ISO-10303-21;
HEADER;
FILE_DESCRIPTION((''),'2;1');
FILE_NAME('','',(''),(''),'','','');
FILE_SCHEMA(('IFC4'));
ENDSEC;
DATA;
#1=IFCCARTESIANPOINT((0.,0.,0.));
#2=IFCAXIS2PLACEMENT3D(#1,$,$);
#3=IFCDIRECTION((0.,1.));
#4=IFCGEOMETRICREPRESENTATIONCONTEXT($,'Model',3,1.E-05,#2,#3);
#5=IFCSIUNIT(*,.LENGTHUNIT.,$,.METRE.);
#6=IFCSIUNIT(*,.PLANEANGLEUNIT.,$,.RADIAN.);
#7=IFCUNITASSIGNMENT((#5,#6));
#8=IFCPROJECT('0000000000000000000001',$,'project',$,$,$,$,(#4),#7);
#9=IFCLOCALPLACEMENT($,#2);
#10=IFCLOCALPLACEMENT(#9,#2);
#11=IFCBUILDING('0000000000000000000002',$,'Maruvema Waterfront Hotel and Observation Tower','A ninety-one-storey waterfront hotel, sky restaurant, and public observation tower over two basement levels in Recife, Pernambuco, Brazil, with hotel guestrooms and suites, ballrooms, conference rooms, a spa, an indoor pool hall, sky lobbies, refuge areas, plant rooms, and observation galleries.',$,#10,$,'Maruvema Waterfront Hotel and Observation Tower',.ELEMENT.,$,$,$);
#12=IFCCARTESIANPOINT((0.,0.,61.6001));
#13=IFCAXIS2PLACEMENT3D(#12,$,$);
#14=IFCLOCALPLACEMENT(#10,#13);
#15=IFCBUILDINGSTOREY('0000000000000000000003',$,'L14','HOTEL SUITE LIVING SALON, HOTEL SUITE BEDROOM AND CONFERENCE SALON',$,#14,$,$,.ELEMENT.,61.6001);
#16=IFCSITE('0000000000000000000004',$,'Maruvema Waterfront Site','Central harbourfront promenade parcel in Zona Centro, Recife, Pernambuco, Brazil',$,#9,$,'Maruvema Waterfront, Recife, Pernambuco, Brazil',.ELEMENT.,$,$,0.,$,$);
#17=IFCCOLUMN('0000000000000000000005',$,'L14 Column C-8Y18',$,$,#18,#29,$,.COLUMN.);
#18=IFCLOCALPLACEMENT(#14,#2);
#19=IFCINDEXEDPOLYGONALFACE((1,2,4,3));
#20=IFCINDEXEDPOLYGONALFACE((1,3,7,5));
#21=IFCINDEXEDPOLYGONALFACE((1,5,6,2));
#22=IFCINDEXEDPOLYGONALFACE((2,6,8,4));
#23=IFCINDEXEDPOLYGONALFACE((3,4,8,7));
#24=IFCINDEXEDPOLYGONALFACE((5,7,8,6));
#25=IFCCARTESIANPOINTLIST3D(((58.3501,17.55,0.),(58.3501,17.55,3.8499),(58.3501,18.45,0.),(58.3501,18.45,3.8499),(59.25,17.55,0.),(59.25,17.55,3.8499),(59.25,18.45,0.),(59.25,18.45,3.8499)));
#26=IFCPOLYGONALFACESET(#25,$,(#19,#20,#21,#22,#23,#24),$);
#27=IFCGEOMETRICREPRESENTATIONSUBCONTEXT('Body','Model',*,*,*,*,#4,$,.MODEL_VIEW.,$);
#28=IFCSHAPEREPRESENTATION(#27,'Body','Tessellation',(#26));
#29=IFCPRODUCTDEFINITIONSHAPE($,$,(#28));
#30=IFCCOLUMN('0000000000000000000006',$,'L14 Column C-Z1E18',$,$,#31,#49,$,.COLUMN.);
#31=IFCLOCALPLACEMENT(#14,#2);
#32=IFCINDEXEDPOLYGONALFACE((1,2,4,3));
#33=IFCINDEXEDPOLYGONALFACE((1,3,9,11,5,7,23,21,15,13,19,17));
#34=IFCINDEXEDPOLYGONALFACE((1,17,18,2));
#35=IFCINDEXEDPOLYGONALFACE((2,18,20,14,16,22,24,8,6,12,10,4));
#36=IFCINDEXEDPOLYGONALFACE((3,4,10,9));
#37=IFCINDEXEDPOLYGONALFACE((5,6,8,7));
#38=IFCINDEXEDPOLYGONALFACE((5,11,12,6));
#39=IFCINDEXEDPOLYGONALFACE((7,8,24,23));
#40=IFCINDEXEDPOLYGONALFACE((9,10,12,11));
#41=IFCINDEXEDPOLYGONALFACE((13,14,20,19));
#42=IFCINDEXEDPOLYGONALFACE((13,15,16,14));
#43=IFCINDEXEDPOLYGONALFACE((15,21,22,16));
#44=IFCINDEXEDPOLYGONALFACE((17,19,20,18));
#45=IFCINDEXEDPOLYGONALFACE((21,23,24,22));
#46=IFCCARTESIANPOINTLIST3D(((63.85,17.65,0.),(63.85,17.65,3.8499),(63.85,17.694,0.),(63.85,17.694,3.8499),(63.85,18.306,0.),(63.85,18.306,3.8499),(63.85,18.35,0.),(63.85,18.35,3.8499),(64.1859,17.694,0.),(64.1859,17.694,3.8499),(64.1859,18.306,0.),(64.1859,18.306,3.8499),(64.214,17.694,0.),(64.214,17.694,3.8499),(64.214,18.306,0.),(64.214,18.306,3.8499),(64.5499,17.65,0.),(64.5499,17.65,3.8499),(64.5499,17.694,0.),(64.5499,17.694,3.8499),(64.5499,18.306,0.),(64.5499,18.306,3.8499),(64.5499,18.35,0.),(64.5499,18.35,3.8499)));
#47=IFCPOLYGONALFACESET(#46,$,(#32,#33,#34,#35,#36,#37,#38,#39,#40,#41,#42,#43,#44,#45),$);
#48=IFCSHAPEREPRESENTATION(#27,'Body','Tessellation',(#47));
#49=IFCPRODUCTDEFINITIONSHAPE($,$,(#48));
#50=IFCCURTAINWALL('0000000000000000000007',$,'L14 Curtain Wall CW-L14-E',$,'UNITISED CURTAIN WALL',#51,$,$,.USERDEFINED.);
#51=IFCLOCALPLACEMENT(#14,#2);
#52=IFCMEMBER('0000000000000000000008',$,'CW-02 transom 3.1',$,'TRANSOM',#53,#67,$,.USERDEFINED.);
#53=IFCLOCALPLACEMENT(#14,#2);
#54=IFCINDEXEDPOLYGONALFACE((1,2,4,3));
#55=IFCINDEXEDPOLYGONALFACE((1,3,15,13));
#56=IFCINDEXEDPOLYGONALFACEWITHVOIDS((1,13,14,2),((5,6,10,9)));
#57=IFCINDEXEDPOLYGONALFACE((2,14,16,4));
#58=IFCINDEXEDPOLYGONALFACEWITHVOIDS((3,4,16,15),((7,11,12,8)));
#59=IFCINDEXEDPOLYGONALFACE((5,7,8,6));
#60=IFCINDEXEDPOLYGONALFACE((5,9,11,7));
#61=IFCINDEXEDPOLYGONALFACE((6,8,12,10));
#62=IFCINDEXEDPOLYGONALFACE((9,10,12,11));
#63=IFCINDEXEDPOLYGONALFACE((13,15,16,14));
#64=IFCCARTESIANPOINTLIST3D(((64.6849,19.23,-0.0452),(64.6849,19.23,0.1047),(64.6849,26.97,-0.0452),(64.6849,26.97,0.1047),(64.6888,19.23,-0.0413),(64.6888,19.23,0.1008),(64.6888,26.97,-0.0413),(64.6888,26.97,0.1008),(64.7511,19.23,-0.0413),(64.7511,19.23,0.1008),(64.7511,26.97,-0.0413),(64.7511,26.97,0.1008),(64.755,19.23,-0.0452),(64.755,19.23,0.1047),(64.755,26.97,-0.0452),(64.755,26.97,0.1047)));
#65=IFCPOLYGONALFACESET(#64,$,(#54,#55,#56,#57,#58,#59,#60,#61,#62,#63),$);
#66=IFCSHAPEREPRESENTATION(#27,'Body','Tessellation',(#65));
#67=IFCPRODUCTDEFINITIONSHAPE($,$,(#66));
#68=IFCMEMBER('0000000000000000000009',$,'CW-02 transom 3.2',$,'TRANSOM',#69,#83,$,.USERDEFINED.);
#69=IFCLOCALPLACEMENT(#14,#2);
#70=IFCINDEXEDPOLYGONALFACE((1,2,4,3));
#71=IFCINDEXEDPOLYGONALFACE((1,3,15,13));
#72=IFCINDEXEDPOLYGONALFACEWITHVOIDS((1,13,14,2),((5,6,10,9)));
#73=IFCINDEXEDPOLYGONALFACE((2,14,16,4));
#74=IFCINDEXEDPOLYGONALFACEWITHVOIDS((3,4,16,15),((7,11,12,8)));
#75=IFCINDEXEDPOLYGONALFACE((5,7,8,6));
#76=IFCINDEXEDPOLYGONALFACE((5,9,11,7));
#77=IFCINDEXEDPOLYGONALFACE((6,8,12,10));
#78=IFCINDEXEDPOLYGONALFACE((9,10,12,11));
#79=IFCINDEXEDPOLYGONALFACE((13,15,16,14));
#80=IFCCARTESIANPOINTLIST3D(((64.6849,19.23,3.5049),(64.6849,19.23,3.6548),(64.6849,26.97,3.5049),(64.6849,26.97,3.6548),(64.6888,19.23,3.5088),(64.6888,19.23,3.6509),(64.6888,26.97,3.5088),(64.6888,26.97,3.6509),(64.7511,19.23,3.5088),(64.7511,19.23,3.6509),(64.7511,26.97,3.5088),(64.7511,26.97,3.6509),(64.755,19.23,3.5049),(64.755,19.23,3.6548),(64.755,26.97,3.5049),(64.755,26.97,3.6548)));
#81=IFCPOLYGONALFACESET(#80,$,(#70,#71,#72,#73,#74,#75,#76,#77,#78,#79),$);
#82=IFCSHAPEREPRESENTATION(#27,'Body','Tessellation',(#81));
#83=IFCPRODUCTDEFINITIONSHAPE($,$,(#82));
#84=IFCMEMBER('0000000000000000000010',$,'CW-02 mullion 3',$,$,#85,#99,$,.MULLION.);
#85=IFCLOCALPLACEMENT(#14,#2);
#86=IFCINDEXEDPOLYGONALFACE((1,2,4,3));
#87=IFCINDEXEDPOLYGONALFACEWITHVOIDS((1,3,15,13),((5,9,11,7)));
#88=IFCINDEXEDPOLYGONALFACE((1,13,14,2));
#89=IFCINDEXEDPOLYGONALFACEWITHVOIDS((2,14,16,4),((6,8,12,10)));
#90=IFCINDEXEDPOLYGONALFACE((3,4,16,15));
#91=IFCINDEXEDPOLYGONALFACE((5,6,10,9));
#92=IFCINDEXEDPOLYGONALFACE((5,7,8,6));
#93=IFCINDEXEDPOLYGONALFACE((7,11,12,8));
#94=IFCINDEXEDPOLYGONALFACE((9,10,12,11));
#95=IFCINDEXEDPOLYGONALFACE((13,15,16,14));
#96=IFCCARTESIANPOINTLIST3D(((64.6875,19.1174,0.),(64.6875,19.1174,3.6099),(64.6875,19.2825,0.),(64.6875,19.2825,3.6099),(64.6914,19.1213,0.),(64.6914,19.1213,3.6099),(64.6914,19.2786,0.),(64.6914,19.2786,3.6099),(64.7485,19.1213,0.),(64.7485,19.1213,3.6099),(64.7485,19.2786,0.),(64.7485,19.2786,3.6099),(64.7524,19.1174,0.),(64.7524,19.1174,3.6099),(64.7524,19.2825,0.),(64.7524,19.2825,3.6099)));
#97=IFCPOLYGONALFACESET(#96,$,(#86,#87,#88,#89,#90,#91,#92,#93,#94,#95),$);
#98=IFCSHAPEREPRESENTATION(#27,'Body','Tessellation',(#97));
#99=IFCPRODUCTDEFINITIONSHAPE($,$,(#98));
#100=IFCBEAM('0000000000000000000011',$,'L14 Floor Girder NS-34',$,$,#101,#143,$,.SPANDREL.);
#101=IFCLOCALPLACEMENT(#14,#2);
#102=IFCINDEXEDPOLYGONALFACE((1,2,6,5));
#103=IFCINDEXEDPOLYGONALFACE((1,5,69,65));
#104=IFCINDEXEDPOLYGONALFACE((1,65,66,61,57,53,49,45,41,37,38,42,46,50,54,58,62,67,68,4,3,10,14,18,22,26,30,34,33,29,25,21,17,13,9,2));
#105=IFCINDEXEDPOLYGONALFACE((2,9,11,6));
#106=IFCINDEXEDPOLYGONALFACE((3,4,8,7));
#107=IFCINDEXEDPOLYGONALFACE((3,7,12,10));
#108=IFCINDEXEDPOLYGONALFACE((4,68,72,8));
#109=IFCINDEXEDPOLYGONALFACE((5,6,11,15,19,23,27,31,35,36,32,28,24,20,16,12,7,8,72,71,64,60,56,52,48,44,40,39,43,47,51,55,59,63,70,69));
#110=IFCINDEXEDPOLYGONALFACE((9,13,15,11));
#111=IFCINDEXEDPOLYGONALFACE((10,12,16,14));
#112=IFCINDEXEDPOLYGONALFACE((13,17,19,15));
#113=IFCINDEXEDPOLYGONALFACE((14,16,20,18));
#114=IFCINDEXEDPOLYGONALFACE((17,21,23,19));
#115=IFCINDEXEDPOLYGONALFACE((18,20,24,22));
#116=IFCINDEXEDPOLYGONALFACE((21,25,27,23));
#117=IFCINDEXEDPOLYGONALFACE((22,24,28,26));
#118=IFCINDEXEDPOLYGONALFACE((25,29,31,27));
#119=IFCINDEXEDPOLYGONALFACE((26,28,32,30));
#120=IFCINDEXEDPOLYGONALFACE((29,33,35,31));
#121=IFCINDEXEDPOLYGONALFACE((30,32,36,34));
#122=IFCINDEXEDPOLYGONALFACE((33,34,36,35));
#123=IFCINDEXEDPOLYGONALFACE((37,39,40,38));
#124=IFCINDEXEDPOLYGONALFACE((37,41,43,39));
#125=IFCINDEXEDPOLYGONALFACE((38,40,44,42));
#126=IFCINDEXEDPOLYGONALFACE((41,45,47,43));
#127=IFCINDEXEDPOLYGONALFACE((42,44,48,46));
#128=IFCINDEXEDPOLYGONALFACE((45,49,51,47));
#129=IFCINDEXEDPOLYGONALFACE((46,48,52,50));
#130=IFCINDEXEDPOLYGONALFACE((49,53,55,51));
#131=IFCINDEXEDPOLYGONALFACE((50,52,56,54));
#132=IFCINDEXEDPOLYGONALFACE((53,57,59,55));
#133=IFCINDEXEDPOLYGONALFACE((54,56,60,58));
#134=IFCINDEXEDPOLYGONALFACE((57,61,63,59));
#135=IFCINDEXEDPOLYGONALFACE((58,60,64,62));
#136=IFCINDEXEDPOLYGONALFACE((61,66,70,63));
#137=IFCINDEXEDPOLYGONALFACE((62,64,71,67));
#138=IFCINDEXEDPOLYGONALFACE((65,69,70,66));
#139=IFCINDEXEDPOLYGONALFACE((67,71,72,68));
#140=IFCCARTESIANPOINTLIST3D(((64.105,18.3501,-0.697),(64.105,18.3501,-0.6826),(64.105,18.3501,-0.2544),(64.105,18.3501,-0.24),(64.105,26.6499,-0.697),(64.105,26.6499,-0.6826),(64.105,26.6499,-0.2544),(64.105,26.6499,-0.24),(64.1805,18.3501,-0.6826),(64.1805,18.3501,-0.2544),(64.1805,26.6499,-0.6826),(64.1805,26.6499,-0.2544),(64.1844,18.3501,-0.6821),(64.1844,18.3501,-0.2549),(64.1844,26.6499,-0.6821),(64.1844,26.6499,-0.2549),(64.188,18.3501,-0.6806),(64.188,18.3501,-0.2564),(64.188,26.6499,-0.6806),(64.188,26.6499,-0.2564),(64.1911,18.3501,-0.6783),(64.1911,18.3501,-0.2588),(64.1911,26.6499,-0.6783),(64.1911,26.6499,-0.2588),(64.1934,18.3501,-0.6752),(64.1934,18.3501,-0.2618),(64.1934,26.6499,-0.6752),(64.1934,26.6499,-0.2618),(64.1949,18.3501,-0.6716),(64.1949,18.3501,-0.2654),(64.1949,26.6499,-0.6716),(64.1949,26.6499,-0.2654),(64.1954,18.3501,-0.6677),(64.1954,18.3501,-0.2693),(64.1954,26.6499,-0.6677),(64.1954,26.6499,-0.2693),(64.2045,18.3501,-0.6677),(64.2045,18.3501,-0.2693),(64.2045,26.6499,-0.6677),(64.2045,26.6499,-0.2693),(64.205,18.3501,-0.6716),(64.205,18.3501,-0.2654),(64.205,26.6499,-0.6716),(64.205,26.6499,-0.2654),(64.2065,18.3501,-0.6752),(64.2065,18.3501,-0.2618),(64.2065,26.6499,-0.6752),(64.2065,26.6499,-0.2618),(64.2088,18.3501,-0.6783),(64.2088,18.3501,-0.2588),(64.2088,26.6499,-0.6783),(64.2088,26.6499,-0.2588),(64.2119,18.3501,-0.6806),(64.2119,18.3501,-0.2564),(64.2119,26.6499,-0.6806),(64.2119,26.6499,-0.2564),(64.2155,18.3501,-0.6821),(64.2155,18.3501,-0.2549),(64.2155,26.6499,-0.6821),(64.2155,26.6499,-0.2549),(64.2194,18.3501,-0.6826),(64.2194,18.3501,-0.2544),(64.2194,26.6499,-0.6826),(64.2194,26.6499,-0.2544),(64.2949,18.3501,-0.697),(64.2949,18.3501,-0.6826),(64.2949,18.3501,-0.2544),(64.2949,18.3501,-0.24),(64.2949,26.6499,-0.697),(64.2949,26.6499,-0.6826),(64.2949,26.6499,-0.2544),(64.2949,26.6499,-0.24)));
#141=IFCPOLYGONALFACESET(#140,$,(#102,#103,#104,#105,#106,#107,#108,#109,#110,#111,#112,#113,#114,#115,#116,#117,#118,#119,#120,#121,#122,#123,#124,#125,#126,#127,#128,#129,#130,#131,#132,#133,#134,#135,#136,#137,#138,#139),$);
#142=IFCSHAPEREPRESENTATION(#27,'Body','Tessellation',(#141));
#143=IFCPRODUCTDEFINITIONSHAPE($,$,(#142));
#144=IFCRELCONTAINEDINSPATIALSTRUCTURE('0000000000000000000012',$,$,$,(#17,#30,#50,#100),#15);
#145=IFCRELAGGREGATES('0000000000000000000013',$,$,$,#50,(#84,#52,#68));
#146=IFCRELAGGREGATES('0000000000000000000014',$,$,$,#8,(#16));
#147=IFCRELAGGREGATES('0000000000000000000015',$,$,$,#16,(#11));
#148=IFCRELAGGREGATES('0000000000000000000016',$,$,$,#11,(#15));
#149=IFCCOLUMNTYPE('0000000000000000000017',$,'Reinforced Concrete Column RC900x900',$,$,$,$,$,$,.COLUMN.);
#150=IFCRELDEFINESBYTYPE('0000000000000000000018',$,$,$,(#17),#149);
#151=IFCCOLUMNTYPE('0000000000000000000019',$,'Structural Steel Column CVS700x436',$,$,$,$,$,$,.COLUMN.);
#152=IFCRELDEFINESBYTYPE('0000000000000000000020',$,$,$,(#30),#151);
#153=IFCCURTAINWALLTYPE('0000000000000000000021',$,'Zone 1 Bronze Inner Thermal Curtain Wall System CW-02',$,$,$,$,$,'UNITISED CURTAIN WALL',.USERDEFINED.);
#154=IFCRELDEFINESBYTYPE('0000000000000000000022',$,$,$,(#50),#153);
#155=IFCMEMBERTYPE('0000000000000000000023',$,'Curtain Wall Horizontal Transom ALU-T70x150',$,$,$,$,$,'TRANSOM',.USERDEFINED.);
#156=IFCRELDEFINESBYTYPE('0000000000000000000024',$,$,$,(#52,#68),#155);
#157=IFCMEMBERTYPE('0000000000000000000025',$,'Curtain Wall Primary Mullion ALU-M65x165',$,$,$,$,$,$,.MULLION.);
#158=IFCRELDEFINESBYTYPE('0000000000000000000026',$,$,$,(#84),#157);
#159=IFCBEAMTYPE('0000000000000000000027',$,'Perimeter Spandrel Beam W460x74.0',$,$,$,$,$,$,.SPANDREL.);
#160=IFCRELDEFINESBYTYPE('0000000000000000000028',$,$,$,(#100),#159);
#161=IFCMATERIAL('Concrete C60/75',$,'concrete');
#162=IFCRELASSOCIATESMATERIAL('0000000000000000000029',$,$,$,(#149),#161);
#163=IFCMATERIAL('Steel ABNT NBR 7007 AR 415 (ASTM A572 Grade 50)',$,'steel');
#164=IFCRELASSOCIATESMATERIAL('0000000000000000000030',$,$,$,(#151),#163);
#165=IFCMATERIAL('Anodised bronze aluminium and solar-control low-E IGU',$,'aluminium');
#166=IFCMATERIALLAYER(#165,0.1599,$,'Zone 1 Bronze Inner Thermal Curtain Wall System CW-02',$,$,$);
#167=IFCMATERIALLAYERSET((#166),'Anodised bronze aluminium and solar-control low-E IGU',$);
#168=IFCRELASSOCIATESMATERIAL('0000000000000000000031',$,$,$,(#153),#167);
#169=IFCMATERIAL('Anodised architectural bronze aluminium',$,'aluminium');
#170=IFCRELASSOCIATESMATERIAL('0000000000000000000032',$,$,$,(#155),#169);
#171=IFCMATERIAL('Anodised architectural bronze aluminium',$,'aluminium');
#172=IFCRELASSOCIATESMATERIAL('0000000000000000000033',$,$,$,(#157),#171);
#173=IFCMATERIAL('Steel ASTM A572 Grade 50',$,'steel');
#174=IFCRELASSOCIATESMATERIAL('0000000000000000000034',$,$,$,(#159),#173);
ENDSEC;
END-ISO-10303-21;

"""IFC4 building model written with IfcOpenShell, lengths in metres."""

from ifc_helpers import new_model, si_unit, direction, frame, origin, origin_2d, place, context, subcontext, project, spatial, rectangle, hollow_rectangle, i_section, extrude, material, layer, layer_set, material_profile, profile_set, type_object, element, aggregate, save


model = new_model("IFC4")

# Units and contexts
model_context = context("Model", 3, precision=1e-05, world=origin(), true_north=direction((0.0, 1.0)))
body_context = subcontext(model_context, "Body", "Model", "MODEL_VIEW")
ifc_project = project(units=[si_unit("LENGTHUNIT", "METRE"), si_unit("PLANEANGLEUNIT", "RADIAN")], contexts=[model_context])

# Site, building, storey
site_placement = place(None, origin())
site = spatial("IfcSite", under=ifc_project, at=site_placement, Name="Maruvema Waterfront Site", Description="Central harbourfront promenade parcel in Zona Centro, Recife, Pernambuco, Brazil", LongName="Maruvema Waterfront, Recife, Pernambuco, Brazil", CompositionType="ELEMENT", RefElevation=0.0)
building_placement = place(site_placement, origin())
building = spatial("IfcBuilding", under=site, at=building_placement, Name="Maruvema Waterfront Hotel and Observation Tower", Description="A ninety-one-storey waterfront hotel, sky restaurant, and public observation tower over two basement levels in Recife, Pernambuco, Brazil, with hotel guestrooms and suites, ballrooms, conference rooms, a spa, an indoor pool hall, sky lobbies, refuge areas, plant rooms, and observation galleries.", LongName="Maruvema Waterfront Hotel and Observation Tower", CompositionType="ELEMENT")
storey_placement = place(building_placement, frame((0.0, 0.0, 61.6001)))
storey = spatial("IfcBuildingStorey", under=building, at=storey_placement, Name="L14", Description="HOTEL SUITE LIVING SALON, HOTEL SUITE BEDROOM AND CONFERENCE SALON", CompositionType="ELEMENT", Elevation=61.6001)

# Columns
ifc_material_1 = material(Name="Concrete C60/75", Category="concrete")
ifc_material_profile_1 = material_profile(ifc_material_1, rectangle(XDim=0.8999, YDim=0.8999, at=origin_2d()), Name="RC900x900")
ifc_profile_set_1 = profile_set([ifc_material_profile_1], Name="Concrete C60/75")
column_type_1 = type_object("IfcColumnType", Name="Reinforced Concrete Column RC900x900", PredefinedType="COLUMN", material=ifc_profile_set_1)
column_1_placement = place(storey_placement, frame((58.8, 18.0, 0.0), z_axis=(0.0, 0.0, 1.0), x_axis=(1.0, 0.0, 0.0)))
element("IfcColumn", 1, at=column_1_placement, inside=storey, type_object=column_type_1, Name="L14 Column C-8Y18", PredefinedType="COLUMN", context=body_context, shape_type="SweptSolid", body=[
    extrude(rectangle(XDim=0.8999, YDim=0.8999, at=origin_2d()), origin(), (0.0, 0.0, 1.0), 3.8499),
])
ifc_material_2 = material(Name="Steel ABNT NBR 7007 AR 415 (ASTM A572 Grade 50)", Category="steel")
ifc_material_profile_2 = material_profile(ifc_material_2, i_section(OverallWidth=0.7, OverallDepth=0.7, WebThickness=0.0281, FlangeThickness=0.0439, at=origin_2d()), Name="CVS700x436")
ifc_profile_set_2 = profile_set([ifc_material_profile_2], Name="Steel ABNT NBR 7007 AR 415 (ASTM A572 Grade 50)")
column_type_2 = type_object("IfcColumnType", Name="Structural Steel Column CVS700x436", PredefinedType="COLUMN", material=ifc_profile_set_2)
column_2_placement = place(storey_placement, frame((64.2, 18.0, 0.0), z_axis=(0.0, 0.0, 1.0), x_axis=(1.0, 0.0, 0.0)))
element("IfcColumn", 2, at=column_2_placement, inside=storey, type_object=column_type_2, Name="L14 Column C-Z1E18", PredefinedType="COLUMN", context=body_context, shape_type="SweptSolid", body=[
    extrude(i_section(OverallWidth=0.7, OverallDepth=0.7, WebThickness=0.0281, FlangeThickness=0.0439, at=origin_2d()), origin(), (0.0, 0.0, 1.0), 3.8499),
])

# Curtain wall, members
ifc_material_3 = material(Name="Anodised bronze aluminium and solar-control low-E IGU", Category="aluminium")
ifc_layer_1 = layer(ifc_material_3, 0.1599, Name="Zone 1 Bronze Inner Thermal Curtain Wall System CW-02")
ifc_layer_set_1 = layer_set([ifc_layer_1], Name="Anodised bronze aluminium and solar-control low-E IGU")
curtain_wall_type = type_object("IfcCurtainWallType", Name="Zone 1 Bronze Inner Thermal Curtain Wall System CW-02", ElementType="UNITISED CURTAIN WALL", PredefinedType="USERDEFINED", material=ifc_layer_set_1)
curtain_wall_placement = place(storey_placement, origin())
curtain_wall = element("IfcCurtainWall", 3, at=curtain_wall_placement, inside=storey, type_object=curtain_wall_type, Name="L14 Curtain Wall CW-L14-E", ObjectType="UNITISED CURTAIN WALL", PredefinedType="USERDEFINED")
ifc_material_4 = material(Name="Anodised architectural bronze aluminium", Category="aluminium")
ifc_material_profile_3 = material_profile(ifc_material_4, hollow_rectangle(XDim=0.0701, YDim=0.1499, WallThickness=0.0039, at=origin_2d()), Name="ALU-T70x150")
ifc_profile_set_3 = profile_set([ifc_material_profile_3], Name="Anodised architectural bronze aluminium")
member_type_1 = type_object("IfcMemberType", Name="Curtain Wall Horizontal Transom ALU-T70x150", ElementType="TRANSOM", PredefinedType="USERDEFINED", material=ifc_profile_set_3)
member_1_placement = place(storey_placement, frame((64.72, 19.23, 0.0298), z_axis=(0.0, 1.0, 0.0), x_axis=(-1.0, 0.0, 0.0)))
member_1 = element("IfcMember", 4, at=member_1_placement, type_object=member_type_1, Name="CW-02 transom 3.1", ObjectType="TRANSOM", PredefinedType="USERDEFINED", context=body_context, shape_type="SweptSolid", body=[
    extrude(hollow_rectangle(XDim=0.0701, YDim=0.1499, WallThickness=0.0039, at=origin_2d()), origin(), (0.0, 0.0, 1.0), 7.74),
])
member_2_placement = place(storey_placement, frame((64.72, 19.23, 3.5798), z_axis=(0.0, 1.0, 0.0), x_axis=(-1.0, 0.0, 0.0)))
member_2 = element("IfcMember", 5, at=member_2_placement, type_object=member_type_1, Name="CW-02 transom 3.2", ObjectType="TRANSOM", PredefinedType="USERDEFINED", context=body_context, shape_type="SweptSolid", body=[
    extrude(hollow_rectangle(XDim=0.0701, YDim=0.1499, WallThickness=0.0039, at=origin_2d()), origin(), (0.0, 0.0, 1.0), 7.74),
])
ifc_material_5 = material(Name="Anodised architectural bronze aluminium", Category="aluminium")
ifc_material_profile_4 = material_profile(ifc_material_5, hollow_rectangle(XDim=0.0649, YDim=0.165, WallThickness=0.0039, at=origin_2d()), Name="ALU-M65x165")
ifc_profile_set_4 = profile_set([ifc_material_profile_4], Name="Anodised architectural bronze aluminium")
member_type_2 = type_object("IfcMemberType", Name="Curtain Wall Primary Mullion ALU-M65x165", PredefinedType="MULLION", material=ifc_profile_set_4)
member_3_placement = place(storey_placement, frame((64.72, 19.2, 0.0), z_axis=(0.0, 0.0, 1.0), x_axis=(-1.0, 0.0, 0.0)))
member_3 = element("IfcMember", 6, at=member_3_placement, type_object=member_type_2, Name="CW-02 mullion 3", PredefinedType="MULLION", context=body_context, shape_type="SweptSolid", body=[
    extrude(hollow_rectangle(XDim=0.0649, YDim=0.165, WallThickness=0.0039, at=origin_2d()), origin(), (0.0, 0.0, 1.0), 3.6099),
])
aggregate(curtain_wall, [member_3, member_1, member_2])

# Beam
ifc_material_6 = material(Name="Steel ASTM A572 Grade 50", Category="steel")
ifc_material_profile_5 = material_profile(ifc_material_6, i_section(OverallWidth=0.1899, OverallDepth=0.457, WebThickness=0.009, FlangeThickness=0.0144, FilletRadius=0.0149, at=origin_2d()), Name="W460x74.0")
ifc_profile_set_5 = profile_set([ifc_material_profile_5], Name="Steel ASTM A572 Grade 50")
beam_type_1 = type_object("IfcBeamType", Name="Perimeter Spandrel Beam W460x74.0", PredefinedType="SPANDREL", material=ifc_profile_set_5)
beam_1_placement = place(storey_placement, frame((64.2, 18.3501, -0.4685), z_axis=(0.0, 1.0, 0.0), x_axis=(-1.0, 0.0, 0.0)))
element("IfcBeam", 7, at=beam_1_placement, inside=storey, type_object=beam_type_1, Name="L14 Floor Girder NS-34", PredefinedType="SPANDREL", context=body_context, shape_type="SweptSolid", body=[
    extrude(i_section(OverallWidth=0.1899, OverallDepth=0.457, WebThickness=0.009, FlangeThickness=0.0144, FilletRadius=0.0149, at=origin_2d()), origin(), (0.0, 0.0, 1.0), 8.2998),
])

save(model, "model.ifc")
